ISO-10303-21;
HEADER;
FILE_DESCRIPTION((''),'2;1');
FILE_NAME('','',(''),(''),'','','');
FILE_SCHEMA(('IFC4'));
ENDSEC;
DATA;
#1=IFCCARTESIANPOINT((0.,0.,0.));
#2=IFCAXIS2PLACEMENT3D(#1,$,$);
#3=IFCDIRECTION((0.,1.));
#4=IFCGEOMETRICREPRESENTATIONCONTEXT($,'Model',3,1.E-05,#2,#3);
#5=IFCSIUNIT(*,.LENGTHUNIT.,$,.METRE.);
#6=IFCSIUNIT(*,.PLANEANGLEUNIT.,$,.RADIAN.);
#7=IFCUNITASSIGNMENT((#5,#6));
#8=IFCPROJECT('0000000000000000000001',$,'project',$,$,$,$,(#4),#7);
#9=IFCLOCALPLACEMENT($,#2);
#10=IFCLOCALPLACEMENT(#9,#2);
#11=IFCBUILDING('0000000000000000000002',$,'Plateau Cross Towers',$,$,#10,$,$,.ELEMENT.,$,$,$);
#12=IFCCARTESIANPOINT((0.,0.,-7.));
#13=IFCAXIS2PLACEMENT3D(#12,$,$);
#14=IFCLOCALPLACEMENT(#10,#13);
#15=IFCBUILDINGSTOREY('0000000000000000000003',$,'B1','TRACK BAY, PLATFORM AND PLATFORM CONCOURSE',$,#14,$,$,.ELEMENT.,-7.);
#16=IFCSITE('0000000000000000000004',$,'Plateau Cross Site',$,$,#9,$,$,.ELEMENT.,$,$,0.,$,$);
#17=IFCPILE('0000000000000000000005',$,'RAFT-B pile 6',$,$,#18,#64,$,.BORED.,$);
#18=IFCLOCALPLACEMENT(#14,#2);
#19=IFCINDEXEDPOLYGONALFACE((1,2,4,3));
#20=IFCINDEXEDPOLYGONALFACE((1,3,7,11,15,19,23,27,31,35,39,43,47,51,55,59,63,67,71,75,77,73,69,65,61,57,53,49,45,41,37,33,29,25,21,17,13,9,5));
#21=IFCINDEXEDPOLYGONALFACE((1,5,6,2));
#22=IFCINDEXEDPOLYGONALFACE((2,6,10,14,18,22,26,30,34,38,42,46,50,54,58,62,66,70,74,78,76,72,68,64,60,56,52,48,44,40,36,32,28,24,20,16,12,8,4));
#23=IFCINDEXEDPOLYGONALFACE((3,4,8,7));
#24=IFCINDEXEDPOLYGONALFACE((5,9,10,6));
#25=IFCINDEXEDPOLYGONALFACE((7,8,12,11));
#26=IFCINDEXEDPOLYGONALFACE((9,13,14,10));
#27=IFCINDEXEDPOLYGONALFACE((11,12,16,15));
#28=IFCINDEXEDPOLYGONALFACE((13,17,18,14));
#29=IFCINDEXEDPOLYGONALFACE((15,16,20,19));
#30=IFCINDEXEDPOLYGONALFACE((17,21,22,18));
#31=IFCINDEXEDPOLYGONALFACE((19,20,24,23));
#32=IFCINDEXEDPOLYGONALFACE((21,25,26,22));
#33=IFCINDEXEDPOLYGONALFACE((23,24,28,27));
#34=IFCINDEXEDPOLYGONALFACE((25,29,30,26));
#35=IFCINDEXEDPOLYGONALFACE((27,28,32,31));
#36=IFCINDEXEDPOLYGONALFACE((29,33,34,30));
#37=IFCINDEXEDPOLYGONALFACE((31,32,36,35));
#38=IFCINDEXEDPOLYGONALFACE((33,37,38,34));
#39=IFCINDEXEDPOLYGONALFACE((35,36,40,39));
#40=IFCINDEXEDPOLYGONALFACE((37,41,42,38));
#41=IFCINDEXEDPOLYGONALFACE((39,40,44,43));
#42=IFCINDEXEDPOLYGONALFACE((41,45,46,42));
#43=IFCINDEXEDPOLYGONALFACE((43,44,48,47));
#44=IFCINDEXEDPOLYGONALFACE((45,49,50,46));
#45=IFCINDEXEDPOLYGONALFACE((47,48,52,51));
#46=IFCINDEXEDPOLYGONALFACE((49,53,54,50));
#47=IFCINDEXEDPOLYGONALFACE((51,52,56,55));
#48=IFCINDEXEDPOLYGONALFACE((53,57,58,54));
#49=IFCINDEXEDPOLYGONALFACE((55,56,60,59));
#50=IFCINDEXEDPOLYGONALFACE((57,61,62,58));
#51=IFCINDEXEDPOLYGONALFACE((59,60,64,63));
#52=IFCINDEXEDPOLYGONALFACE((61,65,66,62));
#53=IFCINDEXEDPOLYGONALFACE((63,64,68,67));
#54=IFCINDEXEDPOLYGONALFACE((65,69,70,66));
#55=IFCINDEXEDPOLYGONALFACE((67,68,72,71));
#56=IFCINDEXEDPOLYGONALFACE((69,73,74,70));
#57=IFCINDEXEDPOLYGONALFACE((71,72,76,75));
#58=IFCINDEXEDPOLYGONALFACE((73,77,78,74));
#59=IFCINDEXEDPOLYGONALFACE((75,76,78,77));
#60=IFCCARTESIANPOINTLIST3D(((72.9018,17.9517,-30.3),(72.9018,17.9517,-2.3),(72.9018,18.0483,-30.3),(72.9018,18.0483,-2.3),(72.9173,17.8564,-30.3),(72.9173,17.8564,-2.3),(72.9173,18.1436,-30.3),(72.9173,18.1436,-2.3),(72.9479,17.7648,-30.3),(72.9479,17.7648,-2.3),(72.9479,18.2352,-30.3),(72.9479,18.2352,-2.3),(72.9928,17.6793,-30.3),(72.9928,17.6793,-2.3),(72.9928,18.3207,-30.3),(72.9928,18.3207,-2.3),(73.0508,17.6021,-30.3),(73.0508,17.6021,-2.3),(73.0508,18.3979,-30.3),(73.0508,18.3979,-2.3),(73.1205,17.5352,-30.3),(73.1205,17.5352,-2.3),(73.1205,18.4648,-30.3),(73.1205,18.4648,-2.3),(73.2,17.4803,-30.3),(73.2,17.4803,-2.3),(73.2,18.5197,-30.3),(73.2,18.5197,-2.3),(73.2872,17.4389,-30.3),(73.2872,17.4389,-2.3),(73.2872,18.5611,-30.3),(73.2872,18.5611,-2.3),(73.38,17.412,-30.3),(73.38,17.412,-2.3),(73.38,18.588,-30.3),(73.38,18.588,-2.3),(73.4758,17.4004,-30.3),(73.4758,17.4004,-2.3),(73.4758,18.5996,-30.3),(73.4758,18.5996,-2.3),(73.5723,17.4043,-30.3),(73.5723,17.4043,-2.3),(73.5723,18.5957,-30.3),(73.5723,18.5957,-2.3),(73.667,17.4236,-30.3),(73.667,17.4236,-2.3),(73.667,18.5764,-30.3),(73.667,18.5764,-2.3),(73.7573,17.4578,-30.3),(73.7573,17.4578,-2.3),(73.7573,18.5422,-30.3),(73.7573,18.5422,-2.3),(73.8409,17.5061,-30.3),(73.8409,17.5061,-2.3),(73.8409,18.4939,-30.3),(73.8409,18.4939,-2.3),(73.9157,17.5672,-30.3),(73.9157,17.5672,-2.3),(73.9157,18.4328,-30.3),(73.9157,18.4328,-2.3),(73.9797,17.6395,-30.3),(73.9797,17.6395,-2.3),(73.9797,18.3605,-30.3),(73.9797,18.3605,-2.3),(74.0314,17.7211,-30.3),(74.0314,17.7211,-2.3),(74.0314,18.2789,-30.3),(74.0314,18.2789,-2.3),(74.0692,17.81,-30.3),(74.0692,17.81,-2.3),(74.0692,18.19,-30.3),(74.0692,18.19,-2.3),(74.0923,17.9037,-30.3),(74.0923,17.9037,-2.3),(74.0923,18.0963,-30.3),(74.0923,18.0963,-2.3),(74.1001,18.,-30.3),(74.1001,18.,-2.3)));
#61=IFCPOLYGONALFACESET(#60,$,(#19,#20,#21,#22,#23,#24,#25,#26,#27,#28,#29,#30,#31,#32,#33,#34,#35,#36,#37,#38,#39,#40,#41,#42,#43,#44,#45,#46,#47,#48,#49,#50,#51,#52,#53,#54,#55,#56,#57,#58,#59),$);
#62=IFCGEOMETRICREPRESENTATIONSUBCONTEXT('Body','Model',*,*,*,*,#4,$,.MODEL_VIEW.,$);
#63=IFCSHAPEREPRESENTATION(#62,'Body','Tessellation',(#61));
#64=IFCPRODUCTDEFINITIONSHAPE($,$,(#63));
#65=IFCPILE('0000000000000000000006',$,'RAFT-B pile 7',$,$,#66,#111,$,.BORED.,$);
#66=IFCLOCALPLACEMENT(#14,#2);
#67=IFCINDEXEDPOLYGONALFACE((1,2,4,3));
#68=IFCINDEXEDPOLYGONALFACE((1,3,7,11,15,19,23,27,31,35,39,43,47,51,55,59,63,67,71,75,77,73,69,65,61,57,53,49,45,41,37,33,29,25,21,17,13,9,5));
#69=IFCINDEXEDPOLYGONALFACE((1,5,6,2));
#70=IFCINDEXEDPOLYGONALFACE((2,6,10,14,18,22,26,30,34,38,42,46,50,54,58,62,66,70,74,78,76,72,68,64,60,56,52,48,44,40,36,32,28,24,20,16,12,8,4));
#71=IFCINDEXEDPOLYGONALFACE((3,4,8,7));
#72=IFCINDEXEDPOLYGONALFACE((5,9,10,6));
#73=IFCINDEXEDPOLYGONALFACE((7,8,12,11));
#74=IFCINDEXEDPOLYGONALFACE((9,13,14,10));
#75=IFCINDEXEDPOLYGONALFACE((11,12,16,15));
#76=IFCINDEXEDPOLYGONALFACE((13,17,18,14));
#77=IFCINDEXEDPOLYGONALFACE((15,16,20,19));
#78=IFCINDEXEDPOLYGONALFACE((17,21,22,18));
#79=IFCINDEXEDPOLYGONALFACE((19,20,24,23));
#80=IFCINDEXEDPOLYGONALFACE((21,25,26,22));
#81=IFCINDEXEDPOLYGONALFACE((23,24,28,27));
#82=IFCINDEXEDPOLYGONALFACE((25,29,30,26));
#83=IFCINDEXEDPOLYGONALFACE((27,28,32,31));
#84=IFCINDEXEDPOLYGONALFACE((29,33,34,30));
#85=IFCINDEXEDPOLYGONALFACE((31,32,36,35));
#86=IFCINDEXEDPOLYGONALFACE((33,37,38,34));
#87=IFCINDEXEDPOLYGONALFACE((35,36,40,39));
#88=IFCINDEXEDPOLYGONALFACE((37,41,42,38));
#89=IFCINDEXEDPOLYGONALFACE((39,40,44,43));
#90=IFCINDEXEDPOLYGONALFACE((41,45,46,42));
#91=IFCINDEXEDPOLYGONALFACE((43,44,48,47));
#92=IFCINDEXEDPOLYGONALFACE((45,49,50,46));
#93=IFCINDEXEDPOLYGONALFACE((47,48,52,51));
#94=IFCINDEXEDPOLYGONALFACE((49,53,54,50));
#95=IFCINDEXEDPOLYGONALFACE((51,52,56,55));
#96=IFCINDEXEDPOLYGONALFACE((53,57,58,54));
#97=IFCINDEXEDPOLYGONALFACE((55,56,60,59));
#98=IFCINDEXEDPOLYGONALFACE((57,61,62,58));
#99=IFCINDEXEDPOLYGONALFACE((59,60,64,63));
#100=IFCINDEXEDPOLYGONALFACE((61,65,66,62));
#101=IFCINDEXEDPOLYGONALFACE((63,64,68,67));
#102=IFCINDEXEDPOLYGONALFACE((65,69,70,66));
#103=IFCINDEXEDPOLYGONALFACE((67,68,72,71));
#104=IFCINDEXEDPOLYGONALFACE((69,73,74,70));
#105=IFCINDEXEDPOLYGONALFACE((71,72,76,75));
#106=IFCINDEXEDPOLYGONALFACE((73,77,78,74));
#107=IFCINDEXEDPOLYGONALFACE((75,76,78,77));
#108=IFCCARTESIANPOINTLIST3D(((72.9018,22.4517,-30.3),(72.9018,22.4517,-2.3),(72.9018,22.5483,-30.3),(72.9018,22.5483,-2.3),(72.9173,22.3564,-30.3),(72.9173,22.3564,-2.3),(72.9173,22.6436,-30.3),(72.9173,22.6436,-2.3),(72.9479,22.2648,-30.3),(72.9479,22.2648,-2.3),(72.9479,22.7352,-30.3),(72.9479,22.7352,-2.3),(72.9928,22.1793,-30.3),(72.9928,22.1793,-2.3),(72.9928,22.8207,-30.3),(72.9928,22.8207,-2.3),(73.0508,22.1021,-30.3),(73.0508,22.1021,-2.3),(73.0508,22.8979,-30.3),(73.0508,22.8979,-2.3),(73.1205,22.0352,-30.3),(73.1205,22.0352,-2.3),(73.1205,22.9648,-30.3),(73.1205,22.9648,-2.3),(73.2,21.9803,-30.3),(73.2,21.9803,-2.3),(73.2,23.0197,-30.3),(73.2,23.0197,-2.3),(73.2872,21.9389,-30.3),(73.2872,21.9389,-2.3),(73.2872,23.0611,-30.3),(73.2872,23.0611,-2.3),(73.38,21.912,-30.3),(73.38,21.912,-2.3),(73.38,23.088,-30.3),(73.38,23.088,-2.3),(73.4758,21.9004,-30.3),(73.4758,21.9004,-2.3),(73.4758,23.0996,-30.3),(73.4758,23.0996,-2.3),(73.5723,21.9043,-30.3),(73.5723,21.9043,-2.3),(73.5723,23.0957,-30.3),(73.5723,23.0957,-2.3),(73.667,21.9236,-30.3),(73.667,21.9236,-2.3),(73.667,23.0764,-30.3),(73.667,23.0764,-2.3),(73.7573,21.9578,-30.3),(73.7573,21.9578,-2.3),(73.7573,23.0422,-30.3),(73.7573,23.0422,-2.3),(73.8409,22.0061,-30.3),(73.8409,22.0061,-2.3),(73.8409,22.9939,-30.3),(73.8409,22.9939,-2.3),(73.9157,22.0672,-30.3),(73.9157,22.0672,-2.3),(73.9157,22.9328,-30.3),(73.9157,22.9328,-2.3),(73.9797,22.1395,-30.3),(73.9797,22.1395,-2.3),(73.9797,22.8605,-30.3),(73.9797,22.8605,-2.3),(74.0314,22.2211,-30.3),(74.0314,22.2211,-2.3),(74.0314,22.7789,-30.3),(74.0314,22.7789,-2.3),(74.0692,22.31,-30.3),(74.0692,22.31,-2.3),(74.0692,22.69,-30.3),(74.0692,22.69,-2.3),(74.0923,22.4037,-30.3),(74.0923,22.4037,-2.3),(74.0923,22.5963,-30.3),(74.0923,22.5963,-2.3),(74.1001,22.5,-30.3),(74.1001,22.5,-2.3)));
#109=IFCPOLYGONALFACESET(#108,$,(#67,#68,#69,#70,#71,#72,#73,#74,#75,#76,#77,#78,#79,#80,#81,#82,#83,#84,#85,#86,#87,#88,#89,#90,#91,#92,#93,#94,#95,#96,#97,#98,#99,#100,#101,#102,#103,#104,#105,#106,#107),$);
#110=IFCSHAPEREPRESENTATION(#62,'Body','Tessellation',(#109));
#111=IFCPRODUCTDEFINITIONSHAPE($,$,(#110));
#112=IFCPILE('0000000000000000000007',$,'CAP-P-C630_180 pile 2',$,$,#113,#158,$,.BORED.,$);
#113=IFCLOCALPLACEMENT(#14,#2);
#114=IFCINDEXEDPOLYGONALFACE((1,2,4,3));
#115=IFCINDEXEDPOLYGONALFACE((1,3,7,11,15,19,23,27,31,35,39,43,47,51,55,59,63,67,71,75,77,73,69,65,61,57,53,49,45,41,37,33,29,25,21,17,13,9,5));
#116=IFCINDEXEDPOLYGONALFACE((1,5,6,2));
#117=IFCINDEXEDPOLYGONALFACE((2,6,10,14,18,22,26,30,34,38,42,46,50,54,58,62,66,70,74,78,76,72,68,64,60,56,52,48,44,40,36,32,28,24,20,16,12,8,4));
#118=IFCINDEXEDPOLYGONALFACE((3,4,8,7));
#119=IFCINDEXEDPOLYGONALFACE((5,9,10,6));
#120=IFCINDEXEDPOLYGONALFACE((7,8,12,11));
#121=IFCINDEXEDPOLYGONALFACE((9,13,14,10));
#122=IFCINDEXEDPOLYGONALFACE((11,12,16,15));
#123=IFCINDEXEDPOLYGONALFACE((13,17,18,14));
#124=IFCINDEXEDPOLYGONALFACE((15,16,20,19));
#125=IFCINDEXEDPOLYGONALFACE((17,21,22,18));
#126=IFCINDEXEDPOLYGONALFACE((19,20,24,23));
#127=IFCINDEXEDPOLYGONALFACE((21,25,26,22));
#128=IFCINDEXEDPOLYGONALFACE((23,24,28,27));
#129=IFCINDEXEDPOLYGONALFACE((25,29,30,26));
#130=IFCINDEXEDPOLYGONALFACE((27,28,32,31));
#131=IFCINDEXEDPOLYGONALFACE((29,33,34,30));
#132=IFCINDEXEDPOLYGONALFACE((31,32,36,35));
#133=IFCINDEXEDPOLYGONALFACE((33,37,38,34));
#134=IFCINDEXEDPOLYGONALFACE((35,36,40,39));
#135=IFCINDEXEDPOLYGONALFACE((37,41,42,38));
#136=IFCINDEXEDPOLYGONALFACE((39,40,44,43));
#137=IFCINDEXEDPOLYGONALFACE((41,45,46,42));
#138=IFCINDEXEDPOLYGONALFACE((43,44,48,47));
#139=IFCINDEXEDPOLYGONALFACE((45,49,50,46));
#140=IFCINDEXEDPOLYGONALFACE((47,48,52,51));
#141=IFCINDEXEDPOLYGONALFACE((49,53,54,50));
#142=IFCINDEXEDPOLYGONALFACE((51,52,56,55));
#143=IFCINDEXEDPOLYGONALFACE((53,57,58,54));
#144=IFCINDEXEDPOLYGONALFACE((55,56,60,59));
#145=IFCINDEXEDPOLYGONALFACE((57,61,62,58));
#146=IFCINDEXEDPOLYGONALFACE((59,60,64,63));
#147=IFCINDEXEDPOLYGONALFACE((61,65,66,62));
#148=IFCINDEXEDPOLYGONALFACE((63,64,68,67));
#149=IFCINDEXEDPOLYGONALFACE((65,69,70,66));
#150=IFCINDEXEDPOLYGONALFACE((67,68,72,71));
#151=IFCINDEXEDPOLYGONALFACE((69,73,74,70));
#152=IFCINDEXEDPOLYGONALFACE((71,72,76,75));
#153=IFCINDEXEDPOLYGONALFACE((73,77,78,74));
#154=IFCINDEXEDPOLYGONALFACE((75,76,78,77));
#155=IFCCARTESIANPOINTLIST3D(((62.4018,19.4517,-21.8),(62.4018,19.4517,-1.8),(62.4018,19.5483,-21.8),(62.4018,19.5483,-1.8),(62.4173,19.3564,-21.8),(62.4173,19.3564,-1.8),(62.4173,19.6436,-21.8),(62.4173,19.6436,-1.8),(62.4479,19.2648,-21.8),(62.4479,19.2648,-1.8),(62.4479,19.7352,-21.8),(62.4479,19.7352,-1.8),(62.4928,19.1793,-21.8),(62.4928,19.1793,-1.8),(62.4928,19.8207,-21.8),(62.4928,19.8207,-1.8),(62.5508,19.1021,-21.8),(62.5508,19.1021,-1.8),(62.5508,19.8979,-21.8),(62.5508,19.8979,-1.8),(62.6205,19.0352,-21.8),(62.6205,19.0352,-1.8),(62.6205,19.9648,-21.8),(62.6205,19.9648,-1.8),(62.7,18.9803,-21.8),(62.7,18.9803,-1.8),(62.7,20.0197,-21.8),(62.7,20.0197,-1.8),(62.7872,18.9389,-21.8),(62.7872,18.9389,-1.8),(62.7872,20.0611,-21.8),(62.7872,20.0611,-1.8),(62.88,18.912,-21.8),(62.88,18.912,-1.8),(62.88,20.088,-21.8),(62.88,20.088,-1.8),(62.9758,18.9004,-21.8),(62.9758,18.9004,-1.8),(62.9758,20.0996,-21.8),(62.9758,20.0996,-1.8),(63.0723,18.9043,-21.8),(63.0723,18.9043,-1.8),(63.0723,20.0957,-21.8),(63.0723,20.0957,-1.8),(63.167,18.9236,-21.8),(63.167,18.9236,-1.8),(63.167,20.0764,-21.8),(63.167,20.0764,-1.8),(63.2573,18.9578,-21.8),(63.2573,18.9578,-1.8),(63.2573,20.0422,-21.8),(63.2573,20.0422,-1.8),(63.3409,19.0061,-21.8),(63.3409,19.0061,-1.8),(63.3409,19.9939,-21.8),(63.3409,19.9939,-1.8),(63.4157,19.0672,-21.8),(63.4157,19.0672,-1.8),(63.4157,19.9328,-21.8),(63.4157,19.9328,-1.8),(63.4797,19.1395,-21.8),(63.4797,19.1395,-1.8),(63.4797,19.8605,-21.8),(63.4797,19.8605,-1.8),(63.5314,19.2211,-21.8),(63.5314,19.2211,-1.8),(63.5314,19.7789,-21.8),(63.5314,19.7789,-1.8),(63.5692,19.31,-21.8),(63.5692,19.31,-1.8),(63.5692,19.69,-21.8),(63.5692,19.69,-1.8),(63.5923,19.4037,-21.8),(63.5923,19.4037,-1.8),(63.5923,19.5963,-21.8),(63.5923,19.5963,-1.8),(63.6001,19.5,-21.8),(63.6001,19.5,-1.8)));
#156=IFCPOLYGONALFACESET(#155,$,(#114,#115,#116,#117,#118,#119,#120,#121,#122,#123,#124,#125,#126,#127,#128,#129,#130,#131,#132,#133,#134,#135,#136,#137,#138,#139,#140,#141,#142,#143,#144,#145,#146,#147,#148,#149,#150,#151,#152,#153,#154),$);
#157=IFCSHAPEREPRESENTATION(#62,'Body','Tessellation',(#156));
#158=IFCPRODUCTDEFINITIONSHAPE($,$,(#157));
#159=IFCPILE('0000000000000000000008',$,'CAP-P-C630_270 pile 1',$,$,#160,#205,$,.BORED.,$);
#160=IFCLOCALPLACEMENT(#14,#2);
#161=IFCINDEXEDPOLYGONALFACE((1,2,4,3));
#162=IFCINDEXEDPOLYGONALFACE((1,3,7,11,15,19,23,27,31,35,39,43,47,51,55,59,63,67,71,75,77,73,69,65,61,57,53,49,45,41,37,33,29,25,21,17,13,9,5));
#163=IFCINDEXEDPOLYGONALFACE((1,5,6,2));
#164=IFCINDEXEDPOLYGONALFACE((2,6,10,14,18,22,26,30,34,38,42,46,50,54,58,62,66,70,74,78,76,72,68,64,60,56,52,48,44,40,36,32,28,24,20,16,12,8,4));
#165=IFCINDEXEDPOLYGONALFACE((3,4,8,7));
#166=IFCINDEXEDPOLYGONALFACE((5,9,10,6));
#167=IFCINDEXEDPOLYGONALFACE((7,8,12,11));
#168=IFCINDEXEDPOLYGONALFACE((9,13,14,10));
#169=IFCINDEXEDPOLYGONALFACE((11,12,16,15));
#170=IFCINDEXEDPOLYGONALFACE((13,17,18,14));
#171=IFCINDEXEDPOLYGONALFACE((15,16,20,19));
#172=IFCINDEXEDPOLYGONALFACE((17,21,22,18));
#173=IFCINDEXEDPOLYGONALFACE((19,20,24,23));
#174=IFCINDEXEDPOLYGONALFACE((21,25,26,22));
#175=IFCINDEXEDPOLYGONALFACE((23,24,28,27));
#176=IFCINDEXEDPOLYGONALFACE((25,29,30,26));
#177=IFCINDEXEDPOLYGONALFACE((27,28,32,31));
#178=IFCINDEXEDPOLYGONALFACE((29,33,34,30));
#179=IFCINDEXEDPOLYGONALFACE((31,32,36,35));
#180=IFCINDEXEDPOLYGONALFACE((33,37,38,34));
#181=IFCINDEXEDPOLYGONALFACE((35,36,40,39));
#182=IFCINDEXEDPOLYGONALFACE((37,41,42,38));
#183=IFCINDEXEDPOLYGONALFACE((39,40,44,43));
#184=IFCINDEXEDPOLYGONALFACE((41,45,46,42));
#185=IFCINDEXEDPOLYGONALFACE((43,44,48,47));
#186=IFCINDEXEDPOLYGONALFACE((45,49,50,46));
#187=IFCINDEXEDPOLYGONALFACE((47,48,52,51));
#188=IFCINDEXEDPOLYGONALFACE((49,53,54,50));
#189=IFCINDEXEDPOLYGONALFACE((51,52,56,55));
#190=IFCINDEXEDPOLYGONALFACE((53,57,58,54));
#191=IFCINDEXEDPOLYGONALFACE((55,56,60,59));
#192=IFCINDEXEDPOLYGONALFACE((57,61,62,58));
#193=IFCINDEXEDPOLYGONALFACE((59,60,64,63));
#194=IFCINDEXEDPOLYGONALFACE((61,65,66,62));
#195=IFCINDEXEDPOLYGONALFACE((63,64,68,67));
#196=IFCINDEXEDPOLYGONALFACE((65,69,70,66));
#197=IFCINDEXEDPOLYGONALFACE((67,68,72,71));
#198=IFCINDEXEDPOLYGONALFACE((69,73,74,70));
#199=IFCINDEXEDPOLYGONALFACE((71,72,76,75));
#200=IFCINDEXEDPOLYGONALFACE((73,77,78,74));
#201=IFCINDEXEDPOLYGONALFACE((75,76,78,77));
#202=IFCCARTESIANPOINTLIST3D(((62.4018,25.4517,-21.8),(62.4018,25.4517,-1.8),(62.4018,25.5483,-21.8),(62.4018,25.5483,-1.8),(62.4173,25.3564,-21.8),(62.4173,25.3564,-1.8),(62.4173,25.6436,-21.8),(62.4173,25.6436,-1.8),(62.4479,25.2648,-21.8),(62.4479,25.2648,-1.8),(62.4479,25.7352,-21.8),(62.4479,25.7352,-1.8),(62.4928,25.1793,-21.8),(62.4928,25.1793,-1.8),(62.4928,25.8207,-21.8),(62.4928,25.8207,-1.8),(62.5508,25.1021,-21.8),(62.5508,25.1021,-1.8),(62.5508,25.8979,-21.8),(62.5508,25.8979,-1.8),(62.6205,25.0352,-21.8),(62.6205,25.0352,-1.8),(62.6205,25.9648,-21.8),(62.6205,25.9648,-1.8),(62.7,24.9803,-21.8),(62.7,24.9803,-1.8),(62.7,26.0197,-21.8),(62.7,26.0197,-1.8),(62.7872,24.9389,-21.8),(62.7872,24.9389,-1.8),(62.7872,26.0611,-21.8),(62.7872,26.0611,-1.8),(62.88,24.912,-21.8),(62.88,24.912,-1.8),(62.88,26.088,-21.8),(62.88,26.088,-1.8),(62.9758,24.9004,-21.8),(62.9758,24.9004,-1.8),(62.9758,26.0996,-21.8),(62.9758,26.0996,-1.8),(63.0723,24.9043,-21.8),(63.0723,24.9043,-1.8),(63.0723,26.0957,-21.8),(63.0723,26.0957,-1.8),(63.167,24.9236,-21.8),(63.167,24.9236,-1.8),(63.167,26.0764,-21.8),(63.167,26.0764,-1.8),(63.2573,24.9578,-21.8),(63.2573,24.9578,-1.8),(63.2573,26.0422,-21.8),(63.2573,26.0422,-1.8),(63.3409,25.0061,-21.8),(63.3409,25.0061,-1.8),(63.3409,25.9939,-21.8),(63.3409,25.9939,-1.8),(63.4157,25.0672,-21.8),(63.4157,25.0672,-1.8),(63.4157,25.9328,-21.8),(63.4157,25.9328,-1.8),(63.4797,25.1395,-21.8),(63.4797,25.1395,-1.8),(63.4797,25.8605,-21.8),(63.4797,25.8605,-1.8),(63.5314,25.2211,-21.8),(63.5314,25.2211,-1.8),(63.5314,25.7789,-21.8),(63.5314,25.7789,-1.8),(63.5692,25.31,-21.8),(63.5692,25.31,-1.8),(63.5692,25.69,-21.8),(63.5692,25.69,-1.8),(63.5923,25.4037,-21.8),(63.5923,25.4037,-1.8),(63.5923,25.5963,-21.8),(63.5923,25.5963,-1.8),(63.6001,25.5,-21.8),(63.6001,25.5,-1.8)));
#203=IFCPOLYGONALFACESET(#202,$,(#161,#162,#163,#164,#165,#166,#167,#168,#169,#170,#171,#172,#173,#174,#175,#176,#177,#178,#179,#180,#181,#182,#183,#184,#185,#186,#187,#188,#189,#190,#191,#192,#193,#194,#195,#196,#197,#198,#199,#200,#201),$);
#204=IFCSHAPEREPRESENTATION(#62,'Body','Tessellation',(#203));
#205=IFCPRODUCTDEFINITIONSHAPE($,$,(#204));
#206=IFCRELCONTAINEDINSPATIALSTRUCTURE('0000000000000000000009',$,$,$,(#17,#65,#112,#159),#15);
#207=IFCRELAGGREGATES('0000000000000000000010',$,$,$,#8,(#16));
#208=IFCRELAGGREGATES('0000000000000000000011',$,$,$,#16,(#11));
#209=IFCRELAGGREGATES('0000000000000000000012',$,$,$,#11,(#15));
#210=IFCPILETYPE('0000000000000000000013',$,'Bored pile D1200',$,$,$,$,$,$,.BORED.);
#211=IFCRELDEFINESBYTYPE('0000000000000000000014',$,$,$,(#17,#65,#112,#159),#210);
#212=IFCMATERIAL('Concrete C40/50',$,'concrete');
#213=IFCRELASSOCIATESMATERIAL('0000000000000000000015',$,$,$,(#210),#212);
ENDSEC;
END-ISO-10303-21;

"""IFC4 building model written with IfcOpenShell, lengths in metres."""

from ifc_helpers import new_model, si_unit, direction, frame, origin, origin_2d, place, context, subcontext, project, spatial, circle, extrude, material, material_profile, profile_set, type_object, element, save


model = new_model("IFC4")

# Units and contexts
model_context = context("Model", 3, precision=1e-05, world=origin(), true_north=direction((0.0, 1.0)))
body_context = subcontext(model_context, "Body", "Model", "MODEL_VIEW")
ifc_project = project(units=[si_unit("LENGTHUNIT", "METRE"), si_unit("PLANEANGLEUNIT", "RADIAN")], contexts=[model_context])

# Site, building, storey
site_placement = place(None, origin())
site = spatial("IfcSite", under=ifc_project, at=site_placement, Name="Plateau Cross Site", CompositionType="ELEMENT", RefElevation=0.0)
building_placement = place(site_placement, origin())
building = spatial("IfcBuilding", under=site, at=building_placement, Name="Plateau Cross Towers", CompositionType="ELEMENT")
storey_placement = place(building_placement, frame((0.0, 0.0, -7.0)))
storey = spatial("IfcBuildingStorey", under=building, at=storey_placement, Name="B1", Description="TRACK BAY, PLATFORM AND PLATFORM CONCOURSE", CompositionType="ELEMENT", Elevation=-7.0)

# Piles
ifc_material_1 = material(Name="Concrete C40/50", Category="concrete")
ifc_material_profile_1 = material_profile(ifc_material_1, circle(Radius=0.6001, at=origin_2d()), Name="Bored pile D1200")
ifc_profile_set_1 = profile_set([ifc_material_profile_1], Name="Concrete C40/50")
pile_type = type_object("IfcPileType", Name="Bored pile D1200", PredefinedType="BORED", material=ifc_profile_set_1)
for number, where, z_axis, x_axis, name in (
    (1, (73.5, 18.0, -2.3), (0.0, 0.0, -1.0), (1.0, 0.0, 0.0), "RAFT-B pile 6"),
    (2, (73.5, 22.5, -2.3), (0.0, 0.0, -1.0), (1.0, 0.0, 0.0), "RAFT-B pile 7"),
):
    element("IfcPile", number, at=place(storey_placement, frame(where, z_axis=z_axis, x_axis=x_axis)), inside=storey, type_object=pile_type, Name=name, PredefinedType="BORED", context=body_context, shape_type="SweptSolid", body=[
        extrude(circle(Radius=0.6001, at=origin_2d()), origin(), (0.0, 0.0, 1.0), 28.0),
    ])
for number, where, z_axis, x_axis, name in (
    (3, (63.0, 19.5, -1.8), (0.0, 0.0, -1.0), (1.0, 0.0, 0.0), "CAP-P-C630_180 pile 2"),
    (4, (63.0, 25.5, -1.8), (0.0, 0.0, -1.0), (1.0, 0.0, 0.0), "CAP-P-C630_270 pile 1"),
):
    element("IfcPile", number, at=place(storey_placement, frame(where, z_axis=z_axis, x_axis=x_axis)), inside=storey, type_object=pile_type, Name=name, PredefinedType="BORED", context=body_context, shape_type="SweptSolid", body=[
        extrude(circle(Radius=0.6001, at=origin_2d()), origin(), (0.0, 0.0, 1.0), 20.0),
    ])

save(model, "model.ifc")
